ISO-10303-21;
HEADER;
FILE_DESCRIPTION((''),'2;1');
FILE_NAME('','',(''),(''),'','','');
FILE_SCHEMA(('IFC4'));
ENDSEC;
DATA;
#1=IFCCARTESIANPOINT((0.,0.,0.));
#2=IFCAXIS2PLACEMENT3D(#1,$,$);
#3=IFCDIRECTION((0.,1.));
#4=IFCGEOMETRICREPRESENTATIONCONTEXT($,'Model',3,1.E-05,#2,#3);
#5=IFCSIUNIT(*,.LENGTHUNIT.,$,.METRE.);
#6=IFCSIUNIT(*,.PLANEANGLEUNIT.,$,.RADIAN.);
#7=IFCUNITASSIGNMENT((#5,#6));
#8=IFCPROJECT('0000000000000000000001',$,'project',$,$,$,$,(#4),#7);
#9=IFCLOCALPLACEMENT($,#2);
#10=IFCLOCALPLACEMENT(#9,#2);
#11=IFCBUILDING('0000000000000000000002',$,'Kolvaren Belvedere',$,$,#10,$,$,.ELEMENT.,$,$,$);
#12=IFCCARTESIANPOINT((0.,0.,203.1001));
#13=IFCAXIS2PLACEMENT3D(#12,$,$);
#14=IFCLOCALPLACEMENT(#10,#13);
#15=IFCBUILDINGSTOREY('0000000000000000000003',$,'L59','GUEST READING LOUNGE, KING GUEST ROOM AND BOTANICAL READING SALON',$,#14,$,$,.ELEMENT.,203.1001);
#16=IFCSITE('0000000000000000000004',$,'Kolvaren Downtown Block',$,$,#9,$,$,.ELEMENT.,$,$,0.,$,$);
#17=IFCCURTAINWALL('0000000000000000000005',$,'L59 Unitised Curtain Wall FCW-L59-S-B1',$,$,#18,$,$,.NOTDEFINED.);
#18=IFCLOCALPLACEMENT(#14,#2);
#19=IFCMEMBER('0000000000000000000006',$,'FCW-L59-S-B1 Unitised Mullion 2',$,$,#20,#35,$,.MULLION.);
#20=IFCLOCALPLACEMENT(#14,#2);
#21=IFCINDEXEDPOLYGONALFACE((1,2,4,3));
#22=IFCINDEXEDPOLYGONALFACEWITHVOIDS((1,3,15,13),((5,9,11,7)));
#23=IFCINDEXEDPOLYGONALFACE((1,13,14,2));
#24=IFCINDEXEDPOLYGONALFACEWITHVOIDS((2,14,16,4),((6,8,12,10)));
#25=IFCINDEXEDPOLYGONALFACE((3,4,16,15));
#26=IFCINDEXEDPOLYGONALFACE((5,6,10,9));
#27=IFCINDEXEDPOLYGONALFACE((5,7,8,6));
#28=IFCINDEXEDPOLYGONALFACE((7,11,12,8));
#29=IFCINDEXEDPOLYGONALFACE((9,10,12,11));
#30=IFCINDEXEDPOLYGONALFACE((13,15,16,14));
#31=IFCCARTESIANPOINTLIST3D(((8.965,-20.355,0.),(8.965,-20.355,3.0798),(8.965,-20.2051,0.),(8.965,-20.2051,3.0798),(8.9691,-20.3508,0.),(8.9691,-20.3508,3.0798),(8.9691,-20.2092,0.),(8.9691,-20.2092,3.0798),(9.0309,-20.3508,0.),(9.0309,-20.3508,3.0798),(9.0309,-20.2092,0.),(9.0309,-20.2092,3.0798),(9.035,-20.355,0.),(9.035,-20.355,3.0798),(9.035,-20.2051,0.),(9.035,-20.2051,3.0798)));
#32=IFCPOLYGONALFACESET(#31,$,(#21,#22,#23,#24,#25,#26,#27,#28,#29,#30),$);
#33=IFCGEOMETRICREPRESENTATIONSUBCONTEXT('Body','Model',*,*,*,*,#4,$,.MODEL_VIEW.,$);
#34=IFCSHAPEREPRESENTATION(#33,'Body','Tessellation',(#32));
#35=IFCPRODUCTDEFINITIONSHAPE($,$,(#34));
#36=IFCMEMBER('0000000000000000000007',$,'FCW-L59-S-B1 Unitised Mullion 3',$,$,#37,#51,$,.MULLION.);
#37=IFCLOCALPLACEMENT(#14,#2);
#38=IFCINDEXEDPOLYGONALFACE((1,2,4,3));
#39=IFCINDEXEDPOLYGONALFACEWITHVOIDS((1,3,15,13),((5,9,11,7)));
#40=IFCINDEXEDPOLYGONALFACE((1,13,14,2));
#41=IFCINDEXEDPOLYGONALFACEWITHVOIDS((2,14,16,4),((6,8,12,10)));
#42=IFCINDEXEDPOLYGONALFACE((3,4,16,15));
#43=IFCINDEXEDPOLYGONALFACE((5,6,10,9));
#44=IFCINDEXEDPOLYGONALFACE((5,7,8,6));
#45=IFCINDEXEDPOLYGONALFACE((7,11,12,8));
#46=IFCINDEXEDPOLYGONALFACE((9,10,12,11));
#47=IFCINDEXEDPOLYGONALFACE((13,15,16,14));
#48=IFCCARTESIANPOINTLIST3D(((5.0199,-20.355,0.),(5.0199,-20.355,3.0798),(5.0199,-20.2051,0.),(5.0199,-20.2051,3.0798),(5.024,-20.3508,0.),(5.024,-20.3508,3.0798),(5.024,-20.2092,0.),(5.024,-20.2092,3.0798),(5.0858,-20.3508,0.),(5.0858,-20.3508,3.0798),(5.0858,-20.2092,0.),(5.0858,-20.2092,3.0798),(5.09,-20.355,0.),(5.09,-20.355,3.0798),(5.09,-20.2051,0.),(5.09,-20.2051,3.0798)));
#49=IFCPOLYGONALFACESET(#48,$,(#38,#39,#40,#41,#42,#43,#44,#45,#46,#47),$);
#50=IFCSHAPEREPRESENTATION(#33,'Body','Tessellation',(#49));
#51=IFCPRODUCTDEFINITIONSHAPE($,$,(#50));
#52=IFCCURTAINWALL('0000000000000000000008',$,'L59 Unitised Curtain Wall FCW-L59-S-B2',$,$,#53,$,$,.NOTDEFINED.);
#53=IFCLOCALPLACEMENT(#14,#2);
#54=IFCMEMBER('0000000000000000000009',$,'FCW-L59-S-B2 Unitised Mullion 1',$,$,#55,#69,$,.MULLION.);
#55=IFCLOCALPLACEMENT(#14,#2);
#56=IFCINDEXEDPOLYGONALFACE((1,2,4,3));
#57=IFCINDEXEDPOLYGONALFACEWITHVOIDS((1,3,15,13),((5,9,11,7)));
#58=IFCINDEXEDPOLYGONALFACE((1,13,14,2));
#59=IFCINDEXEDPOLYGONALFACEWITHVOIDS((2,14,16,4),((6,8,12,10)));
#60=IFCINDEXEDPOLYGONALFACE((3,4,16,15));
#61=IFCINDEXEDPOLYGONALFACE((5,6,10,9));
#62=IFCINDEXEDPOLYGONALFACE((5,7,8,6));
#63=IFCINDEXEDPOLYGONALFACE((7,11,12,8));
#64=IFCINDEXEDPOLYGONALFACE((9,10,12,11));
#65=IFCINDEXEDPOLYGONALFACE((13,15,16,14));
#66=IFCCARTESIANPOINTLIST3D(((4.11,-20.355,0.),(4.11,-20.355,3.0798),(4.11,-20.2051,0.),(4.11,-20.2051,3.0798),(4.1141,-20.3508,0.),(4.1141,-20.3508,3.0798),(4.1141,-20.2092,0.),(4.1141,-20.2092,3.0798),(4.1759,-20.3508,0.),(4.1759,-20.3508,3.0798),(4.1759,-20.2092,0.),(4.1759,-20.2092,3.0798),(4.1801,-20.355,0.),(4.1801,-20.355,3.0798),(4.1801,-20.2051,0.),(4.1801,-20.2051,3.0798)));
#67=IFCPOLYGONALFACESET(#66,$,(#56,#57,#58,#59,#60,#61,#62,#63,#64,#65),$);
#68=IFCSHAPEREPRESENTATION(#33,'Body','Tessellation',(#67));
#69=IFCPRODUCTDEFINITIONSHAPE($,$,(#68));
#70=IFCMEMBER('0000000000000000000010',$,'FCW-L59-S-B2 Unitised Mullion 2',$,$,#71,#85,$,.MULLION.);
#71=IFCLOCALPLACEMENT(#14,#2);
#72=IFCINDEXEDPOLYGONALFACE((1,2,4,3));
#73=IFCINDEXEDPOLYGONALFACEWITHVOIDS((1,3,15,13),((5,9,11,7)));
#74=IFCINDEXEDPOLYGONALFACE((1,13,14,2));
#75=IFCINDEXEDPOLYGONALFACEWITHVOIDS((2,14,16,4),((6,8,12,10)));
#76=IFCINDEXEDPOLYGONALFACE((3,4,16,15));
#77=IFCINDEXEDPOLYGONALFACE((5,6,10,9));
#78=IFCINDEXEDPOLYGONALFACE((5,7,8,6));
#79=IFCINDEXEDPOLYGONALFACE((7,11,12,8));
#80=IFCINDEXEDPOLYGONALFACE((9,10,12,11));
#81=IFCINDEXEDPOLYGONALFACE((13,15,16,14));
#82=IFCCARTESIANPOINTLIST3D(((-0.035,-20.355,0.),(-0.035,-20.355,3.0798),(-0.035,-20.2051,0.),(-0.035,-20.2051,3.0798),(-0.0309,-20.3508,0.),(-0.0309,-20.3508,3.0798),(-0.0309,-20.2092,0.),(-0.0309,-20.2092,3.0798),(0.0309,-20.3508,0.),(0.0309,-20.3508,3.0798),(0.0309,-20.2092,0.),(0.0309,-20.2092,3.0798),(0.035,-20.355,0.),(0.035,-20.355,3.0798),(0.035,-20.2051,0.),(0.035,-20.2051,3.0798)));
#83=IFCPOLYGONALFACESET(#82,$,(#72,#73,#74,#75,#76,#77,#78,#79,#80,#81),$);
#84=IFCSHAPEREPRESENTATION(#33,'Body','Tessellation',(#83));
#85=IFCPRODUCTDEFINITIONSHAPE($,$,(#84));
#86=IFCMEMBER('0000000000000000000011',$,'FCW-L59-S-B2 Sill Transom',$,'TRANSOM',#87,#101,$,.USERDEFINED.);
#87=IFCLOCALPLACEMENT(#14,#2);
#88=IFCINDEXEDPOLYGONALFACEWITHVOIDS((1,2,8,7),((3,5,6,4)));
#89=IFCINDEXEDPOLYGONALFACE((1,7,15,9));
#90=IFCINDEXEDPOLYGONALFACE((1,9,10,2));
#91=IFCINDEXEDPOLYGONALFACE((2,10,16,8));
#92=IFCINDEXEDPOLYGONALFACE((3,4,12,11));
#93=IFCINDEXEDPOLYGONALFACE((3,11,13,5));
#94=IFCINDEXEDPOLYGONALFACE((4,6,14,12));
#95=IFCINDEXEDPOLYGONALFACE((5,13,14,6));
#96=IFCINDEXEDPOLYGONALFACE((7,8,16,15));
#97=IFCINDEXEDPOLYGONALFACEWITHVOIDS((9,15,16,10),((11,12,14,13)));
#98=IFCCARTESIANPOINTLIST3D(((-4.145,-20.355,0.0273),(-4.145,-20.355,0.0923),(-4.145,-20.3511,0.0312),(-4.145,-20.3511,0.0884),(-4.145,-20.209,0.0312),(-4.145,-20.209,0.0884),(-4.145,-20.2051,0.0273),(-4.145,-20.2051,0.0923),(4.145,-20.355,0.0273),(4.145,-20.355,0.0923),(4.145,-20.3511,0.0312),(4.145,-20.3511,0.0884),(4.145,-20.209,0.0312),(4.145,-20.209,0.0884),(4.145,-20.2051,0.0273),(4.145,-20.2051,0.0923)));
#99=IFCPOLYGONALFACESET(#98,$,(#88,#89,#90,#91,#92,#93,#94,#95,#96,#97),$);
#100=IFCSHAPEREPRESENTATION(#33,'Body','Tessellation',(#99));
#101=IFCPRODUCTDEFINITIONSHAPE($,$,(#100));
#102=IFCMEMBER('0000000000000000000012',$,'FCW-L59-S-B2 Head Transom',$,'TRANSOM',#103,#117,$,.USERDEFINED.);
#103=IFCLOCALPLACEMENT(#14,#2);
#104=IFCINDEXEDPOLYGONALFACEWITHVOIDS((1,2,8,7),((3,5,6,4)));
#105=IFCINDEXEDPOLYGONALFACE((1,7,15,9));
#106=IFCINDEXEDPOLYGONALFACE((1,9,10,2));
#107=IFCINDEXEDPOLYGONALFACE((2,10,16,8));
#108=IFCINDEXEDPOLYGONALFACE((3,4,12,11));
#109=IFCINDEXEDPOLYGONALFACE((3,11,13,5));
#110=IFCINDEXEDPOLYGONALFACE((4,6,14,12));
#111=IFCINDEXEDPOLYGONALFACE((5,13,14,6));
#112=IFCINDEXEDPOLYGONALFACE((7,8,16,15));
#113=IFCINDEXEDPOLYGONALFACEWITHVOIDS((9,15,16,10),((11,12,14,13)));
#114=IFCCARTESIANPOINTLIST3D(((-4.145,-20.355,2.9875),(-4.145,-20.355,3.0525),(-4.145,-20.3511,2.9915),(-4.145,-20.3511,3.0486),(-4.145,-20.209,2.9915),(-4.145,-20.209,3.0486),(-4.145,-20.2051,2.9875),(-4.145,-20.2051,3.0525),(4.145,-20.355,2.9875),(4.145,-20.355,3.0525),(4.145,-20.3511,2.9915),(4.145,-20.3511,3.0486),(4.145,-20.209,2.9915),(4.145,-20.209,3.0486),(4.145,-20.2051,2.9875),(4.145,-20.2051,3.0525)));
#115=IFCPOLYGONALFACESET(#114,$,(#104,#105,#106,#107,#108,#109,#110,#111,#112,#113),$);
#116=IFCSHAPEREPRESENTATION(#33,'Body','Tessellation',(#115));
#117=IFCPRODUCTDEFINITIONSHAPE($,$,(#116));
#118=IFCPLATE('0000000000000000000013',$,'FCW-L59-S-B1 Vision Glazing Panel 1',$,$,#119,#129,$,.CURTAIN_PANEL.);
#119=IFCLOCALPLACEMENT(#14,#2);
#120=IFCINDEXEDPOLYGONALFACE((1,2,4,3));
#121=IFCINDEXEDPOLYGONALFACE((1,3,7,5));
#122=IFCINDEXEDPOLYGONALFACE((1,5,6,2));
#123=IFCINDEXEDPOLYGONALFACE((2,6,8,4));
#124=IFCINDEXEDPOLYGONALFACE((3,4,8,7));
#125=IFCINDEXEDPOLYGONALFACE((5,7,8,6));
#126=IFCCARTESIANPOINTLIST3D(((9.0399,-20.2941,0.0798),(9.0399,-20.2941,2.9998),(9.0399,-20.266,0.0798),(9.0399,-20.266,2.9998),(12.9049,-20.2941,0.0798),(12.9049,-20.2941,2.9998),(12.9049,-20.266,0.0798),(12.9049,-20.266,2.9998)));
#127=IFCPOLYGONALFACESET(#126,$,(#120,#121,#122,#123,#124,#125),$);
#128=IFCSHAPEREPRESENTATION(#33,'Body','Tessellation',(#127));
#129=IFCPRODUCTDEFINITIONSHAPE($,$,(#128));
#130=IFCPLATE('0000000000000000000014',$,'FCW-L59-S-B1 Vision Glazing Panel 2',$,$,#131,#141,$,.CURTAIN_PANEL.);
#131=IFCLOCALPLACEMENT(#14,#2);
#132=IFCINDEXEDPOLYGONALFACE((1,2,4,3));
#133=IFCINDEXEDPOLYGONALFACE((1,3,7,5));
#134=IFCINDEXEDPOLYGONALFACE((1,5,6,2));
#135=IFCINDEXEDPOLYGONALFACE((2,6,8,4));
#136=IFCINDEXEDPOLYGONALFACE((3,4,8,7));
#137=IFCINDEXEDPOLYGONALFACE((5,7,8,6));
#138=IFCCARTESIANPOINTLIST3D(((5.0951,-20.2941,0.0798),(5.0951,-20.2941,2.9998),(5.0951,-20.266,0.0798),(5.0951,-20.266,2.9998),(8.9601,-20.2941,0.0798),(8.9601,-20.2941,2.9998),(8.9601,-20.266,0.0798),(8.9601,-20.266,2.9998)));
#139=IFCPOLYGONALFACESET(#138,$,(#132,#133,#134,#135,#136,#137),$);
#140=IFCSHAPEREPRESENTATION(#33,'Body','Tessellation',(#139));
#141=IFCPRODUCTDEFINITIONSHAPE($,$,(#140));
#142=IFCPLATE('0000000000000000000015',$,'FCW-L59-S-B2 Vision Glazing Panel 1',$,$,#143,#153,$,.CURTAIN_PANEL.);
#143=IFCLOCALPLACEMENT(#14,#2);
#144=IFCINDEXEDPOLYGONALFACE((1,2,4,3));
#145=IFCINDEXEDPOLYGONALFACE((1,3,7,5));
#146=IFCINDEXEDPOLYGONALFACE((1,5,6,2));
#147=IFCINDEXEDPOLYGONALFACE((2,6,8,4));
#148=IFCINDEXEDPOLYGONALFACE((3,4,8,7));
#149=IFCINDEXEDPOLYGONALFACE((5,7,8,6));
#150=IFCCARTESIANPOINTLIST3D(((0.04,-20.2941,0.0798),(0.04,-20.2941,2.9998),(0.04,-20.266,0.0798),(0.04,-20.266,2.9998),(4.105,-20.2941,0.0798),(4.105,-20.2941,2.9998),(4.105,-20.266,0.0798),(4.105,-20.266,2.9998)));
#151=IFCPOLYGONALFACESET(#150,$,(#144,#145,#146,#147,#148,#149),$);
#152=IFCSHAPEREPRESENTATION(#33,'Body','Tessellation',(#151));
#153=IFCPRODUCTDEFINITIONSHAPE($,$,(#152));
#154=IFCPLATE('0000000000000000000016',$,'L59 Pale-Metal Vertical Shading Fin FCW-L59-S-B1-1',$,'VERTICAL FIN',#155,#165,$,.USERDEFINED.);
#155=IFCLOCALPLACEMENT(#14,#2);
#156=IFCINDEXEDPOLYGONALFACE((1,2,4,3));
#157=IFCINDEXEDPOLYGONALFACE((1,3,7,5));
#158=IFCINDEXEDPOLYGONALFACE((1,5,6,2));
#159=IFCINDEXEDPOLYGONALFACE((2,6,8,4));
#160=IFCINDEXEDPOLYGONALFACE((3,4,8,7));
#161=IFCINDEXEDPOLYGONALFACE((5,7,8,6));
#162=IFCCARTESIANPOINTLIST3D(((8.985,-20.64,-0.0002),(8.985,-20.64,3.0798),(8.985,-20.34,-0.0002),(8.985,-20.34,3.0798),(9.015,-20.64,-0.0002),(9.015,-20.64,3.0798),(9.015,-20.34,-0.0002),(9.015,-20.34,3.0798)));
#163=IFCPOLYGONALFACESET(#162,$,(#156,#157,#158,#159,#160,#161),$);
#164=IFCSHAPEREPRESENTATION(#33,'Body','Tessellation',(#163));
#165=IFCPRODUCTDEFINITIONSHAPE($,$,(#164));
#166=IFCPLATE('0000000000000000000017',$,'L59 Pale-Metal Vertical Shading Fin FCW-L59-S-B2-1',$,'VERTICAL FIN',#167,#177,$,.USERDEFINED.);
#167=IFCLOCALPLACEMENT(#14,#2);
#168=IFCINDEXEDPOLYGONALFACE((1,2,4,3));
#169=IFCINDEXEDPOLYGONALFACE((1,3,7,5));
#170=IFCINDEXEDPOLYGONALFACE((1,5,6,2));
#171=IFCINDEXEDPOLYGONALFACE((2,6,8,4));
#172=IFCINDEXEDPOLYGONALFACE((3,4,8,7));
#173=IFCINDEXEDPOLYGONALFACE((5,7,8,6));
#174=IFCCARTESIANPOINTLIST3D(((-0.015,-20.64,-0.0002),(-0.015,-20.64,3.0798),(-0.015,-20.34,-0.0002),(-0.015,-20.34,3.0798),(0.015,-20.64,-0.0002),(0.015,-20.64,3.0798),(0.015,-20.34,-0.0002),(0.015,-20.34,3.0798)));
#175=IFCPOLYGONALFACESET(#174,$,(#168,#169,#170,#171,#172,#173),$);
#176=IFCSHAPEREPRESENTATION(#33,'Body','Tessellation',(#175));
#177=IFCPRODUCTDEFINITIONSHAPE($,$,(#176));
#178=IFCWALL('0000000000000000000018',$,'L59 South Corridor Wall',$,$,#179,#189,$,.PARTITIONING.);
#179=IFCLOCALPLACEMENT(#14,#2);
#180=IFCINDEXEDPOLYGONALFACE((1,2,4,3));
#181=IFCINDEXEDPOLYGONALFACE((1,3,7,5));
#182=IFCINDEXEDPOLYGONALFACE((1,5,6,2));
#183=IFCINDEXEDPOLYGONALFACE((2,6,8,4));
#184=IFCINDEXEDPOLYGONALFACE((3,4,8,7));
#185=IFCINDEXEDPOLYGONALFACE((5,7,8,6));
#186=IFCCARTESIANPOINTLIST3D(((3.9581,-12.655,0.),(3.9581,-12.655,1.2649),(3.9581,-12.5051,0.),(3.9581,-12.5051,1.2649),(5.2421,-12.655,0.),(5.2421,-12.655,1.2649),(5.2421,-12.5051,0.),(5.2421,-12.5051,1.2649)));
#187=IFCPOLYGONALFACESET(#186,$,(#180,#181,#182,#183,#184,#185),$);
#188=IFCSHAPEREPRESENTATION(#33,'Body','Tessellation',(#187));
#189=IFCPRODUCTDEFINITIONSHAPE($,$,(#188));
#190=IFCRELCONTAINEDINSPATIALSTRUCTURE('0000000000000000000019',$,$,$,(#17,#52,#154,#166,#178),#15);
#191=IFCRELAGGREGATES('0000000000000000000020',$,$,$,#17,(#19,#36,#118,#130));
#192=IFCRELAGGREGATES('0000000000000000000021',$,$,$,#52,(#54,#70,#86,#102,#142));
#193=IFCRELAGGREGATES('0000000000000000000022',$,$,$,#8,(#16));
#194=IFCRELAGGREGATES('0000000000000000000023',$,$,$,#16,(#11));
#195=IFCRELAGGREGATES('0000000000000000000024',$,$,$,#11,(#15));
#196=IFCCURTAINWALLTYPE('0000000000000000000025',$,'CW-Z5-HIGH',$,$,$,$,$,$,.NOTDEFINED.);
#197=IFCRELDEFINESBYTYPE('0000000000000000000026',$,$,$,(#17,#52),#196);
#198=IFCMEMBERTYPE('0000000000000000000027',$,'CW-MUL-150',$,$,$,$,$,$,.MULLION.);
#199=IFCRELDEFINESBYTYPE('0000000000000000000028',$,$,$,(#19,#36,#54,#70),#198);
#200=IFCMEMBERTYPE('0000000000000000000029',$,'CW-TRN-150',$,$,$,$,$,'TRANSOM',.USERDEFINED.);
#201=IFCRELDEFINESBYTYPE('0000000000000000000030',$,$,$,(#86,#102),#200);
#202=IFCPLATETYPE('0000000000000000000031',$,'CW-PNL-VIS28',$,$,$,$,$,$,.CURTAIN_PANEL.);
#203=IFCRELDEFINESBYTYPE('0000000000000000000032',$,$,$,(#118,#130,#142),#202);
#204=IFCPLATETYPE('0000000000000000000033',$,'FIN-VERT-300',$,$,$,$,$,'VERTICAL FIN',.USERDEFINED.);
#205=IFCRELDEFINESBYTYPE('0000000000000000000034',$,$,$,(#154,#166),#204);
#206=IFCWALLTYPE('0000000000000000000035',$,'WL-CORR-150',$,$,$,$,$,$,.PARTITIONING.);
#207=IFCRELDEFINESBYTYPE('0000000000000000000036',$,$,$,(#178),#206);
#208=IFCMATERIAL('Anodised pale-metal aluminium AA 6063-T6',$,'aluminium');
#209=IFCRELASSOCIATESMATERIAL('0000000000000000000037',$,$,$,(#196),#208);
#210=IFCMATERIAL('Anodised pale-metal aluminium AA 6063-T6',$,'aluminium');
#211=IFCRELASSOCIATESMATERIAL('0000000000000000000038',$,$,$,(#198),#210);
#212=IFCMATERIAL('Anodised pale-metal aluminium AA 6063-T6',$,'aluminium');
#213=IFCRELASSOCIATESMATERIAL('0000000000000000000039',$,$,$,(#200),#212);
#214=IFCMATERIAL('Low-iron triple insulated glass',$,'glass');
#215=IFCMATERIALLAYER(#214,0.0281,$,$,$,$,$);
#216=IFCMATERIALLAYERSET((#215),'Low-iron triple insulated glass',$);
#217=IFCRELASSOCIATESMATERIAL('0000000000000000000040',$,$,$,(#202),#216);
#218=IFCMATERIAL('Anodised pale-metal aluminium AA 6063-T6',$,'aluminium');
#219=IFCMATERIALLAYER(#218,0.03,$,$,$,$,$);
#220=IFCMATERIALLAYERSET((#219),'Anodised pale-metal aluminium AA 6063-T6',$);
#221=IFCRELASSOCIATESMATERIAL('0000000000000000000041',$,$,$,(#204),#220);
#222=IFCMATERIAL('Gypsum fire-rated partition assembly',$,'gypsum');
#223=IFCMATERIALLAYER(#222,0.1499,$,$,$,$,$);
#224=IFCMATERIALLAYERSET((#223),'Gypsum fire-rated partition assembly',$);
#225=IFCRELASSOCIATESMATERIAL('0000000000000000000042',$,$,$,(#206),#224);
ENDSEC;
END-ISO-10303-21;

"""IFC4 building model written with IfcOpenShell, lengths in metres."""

from ifc_helpers import new_model, si_unit, direction, frame, frame_2d, origin, origin_2d, place, context, subcontext, project, spatial, rectangle, hollow_rectangle, extrude, material, layer, layer_set, material_profile, profile_set, type_object, element, aggregate, save


model = new_model("IFC4")

# Units and contexts
model_context = context("Model", 3, precision=1e-05, world=origin(), true_north=direction((0.0, 1.0)))
body_context = subcontext(model_context, "Body", "Model", "MODEL_VIEW")
ifc_project = project(units=[si_unit("LENGTHUNIT", "METRE"), si_unit("PLANEANGLEUNIT", "RADIAN")], contexts=[model_context])

# Site, building, storey
site_placement = place(None, origin())
site = spatial("IfcSite", under=ifc_project, at=site_placement, Name="Kolvaren Downtown Block", CompositionType="ELEMENT", RefElevation=0.0)
building_placement = place(site_placement, origin())
building = spatial("IfcBuilding", under=site, at=building_placement, Name="Kolvaren Belvedere", CompositionType="ELEMENT")
storey_placement = place(building_placement, frame((0.0, 0.0, 203.1001)))
storey = spatial("IfcBuildingStorey", under=building, at=storey_placement, Name="L59", Description="GUEST READING LOUNGE, KING GUEST ROOM AND BOTANICAL READING SALON", CompositionType="ELEMENT", Elevation=203.1001)

# Curtain walls, members
ifc_material_1 = material(Name="Anodised pale-metal aluminium AA 6063-T6", Category="aluminium")
curtain_wall_type = type_object("IfcCurtainWallType", Name="CW-Z5-HIGH", PredefinedType="NOTDEFINED", material=ifc_material_1)
curtain_wall_1_placement = place(storey_placement, origin())
curtain_wall_1 = element("IfcCurtainWall", 1, at=curtain_wall_1_placement, inside=storey, type_object=curtain_wall_type, Name="L59 Unitised Curtain Wall FCW-L59-S-B1", PredefinedType="NOTDEFINED")
ifc_material_2 = material(Name="Anodised pale-metal aluminium AA 6063-T6", Category="aluminium")
ifc_material_profile_1 = material_profile(ifc_material_2, hollow_rectangle(XDim=0.0701, YDim=0.1499, WallThickness=0.0042, at=origin_2d()), Name="ALU-MUL-150X70")
ifc_profile_set_1 = profile_set([ifc_material_profile_1], Name="Anodised pale-metal aluminium AA 6063-T6")
member_type_1 = type_object("IfcMemberType", Name="CW-MUL-150", PredefinedType="MULLION", material=ifc_profile_set_1)
member_1_placement = place(storey_placement, frame((9.0, -20.28, 0.0), z_axis=(0.0, 0.0, 1.0), x_axis=(1.0, 0.0, 0.0)))
member_1 = element("IfcMember", 2, at=member_1_placement, type_object=member_type_1, Name="FCW-L59-S-B1 Unitised Mullion 2", PredefinedType="MULLION", context=body_context, shape_type="SweptSolid", body=[
    extrude(hollow_rectangle(XDim=0.0701, YDim=0.1499, WallThickness=0.0042, at=origin_2d()), origin(), (0.0, 0.0, 1.0), 3.0798),
])
member_2_placement = place(storey_placement, frame((5.0549, -20.28, 0.0), z_axis=(0.0, 0.0, 1.0), x_axis=(1.0, 0.0, 0.0)))
member_2 = element("IfcMember", 3, at=member_2_placement, type_object=member_type_1, Name="FCW-L59-S-B1 Unitised Mullion 3", PredefinedType="MULLION", context=body_context, shape_type="SweptSolid", body=[
    extrude(hollow_rectangle(XDim=0.0701, YDim=0.1499, WallThickness=0.0042, at=origin_2d()), origin(), (0.0, 0.0, 1.0), 3.0798),
])
curtain_wall_2_placement = place(storey_placement, origin())
curtain_wall_2 = element("IfcCurtainWall", 4, at=curtain_wall_2_placement, inside=storey, type_object=curtain_wall_type, Name="L59 Unitised Curtain Wall FCW-L59-S-B2", PredefinedType="NOTDEFINED")
member_3_placement = place(storey_placement, frame((4.145, -20.28, 0.0), z_axis=(0.0, 0.0, 1.0), x_axis=(1.0, 0.0, 0.0)))
member_3 = element("IfcMember", 5, at=member_3_placement, type_object=member_type_1, Name="FCW-L59-S-B2 Unitised Mullion 1", PredefinedType="MULLION", context=body_context, shape_type="SweptSolid", body=[
    extrude(hollow_rectangle(XDim=0.0701, YDim=0.1499, WallThickness=0.0042, at=origin_2d()), origin(), (0.0, 0.0, 1.0), 3.0798),
])
member_4_placement = place(storey_placement, frame((0.0, -20.28, 0.0), z_axis=(0.0, 0.0, 1.0), x_axis=(1.0, 0.0, 0.0)))
member_4 = element("IfcMember", 6, at=member_4_placement, type_object=member_type_1, Name="FCW-L59-S-B2 Unitised Mullion 2", PredefinedType="MULLION", context=body_context, shape_type="SweptSolid", body=[
    extrude(hollow_rectangle(XDim=0.0701, YDim=0.1499, WallThickness=0.0042, at=origin_2d()), origin(), (0.0, 0.0, 1.0), 3.0798),
])
ifc_material_3 = material(Name="Anodised pale-metal aluminium AA 6063-T6", Category="aluminium")
ifc_material_profile_2 = material_profile(ifc_material_3, hollow_rectangle(XDim=0.0649, YDim=0.1499, WallThickness=0.0039, at=origin_2d()), Name="ALU-TRN-150X65")
ifc_profile_set_2 = profile_set([ifc_material_profile_2], Name="Anodised pale-metal aluminium AA 6063-T6")
member_type_2 = type_object("IfcMemberType", Name="CW-TRN-150", ElementType="TRANSOM", PredefinedType="USERDEFINED", material=ifc_profile_set_2)
member_5_placement = place(storey_placement, frame((4.145, -20.28, 0.0598), z_axis=(-1.0, 0.0, 0.0), x_axis=(0.0, 0.0, 1.0)))
member_5 = element("IfcMember", 7, at=member_5_placement, type_object=member_type_2, Name="FCW-L59-S-B2 Sill Transom", ObjectType="TRANSOM", PredefinedType="USERDEFINED", context=body_context, shape_type="SweptSolid", body=[
    extrude(hollow_rectangle(XDim=0.0649, YDim=0.1499, WallThickness=0.0039, at=origin_2d()), origin(), (0.0, 0.0, 1.0), 8.29),
])
member_6_placement = place(storey_placement, frame((4.145, -20.28, 3.02), z_axis=(-1.0, 0.0, 0.0), x_axis=(0.0, 0.0, 1.0)))
member_6 = element("IfcMember", 8, at=member_6_placement, type_object=member_type_2, Name="FCW-L59-S-B2 Head Transom", ObjectType="TRANSOM", PredefinedType="USERDEFINED", context=body_context, shape_type="SweptSolid", body=[
    extrude(hollow_rectangle(XDim=0.0649, YDim=0.1499, WallThickness=0.0039, at=origin_2d()), origin(), (0.0, 0.0, 1.0), 8.29),
])

# Plates
ifc_material_4 = material(Name="Low-iron triple insulated glass", Category="glass")
ifc_layer_1 = layer(ifc_material_4, 0.0281)
ifc_layer_set_1 = layer_set([ifc_layer_1], Name="Low-iron triple insulated glass")
plate_type_1 = type_object("IfcPlateType", Name="CW-PNL-VIS28", PredefinedType="CURTAIN_PANEL", material=ifc_layer_set_1)
plate_1_placement = place(storey_placement, frame((10.9724, -20.28, 0.0798), z_axis=(0.0, 0.0, 1.0), x_axis=(-1.0, 0.0, 0.0)))
plate_1 = element("IfcPlate", 9, at=plate_1_placement, type_object=plate_type_1, Name="FCW-L59-S-B1 Vision Glazing Panel 1", PredefinedType="CURTAIN_PANEL", context=body_context, shape_type="SweptSolid", body=[
    extrude(rectangle(XDim=3.865, YDim=0.0281, at=origin_2d()), origin(), (0.0, 0.0, 1.0), 2.9199),
])
plate_2_placement = place(storey_placement, frame((7.0276, -20.28, 0.0798), z_axis=(0.0, 0.0, 1.0), x_axis=(-1.0, 0.0, 0.0)))
plate_2 = element("IfcPlate", 10, at=plate_2_placement, type_object=plate_type_1, Name="FCW-L59-S-B1 Vision Glazing Panel 2", PredefinedType="CURTAIN_PANEL", context=body_context, shape_type="SweptSolid", body=[
    extrude(rectangle(XDim=3.865, YDim=0.0281, at=origin_2d()), origin(), (0.0, 0.0, 1.0), 2.9199),
])
aggregate(curtain_wall_1, [member_1, member_2, plate_1, plate_2])
plate_3_placement = place(storey_placement, frame((2.0725, -20.28, 0.0798), z_axis=(0.0, 0.0, 1.0), x_axis=(-1.0, 0.0, 0.0)))
plate_3 = element("IfcPlate", 11, at=plate_3_placement, type_object=plate_type_1, Name="FCW-L59-S-B2 Vision Glazing Panel 1", PredefinedType="CURTAIN_PANEL", context=body_context, shape_type="SweptSolid", body=[
    extrude(rectangle(XDim=4.0649, YDim=0.0281, at=origin_2d()), origin(), (0.0, 0.0, 1.0), 2.9199),
])
aggregate(curtain_wall_2, [member_3, member_4, member_5, member_6, plate_3])

# Plates
ifc_material_5 = material(Name="Anodised pale-metal aluminium AA 6063-T6", Category="aluminium")
ifc_layer_2 = layer(ifc_material_5, 0.03)
ifc_layer_set_2 = layer_set([ifc_layer_2], Name="Anodised pale-metal aluminium AA 6063-T6")
plate_type_2 = type_object("IfcPlateType", Name="FIN-VERT-300", ElementType="VERTICAL FIN", PredefinedType="USERDEFINED", material=ifc_layer_set_2)
for number, where, z_axis, x_axis, name in (
    (12, (9.0, -20.49, -0.0002), (0.0, 0.0, 1.0), (0.0, 1.0, 0.0), "L59 Pale-Metal Vertical Shading Fin FCW-L59-S-B1-1"),
    (13, (0.0, -20.49, -0.0002), (0.0, 0.0, 1.0), (0.0, 1.0, 0.0), "L59 Pale-Metal Vertical Shading Fin FCW-L59-S-B2-1"),
):
    element("IfcPlate", number, at=place(storey_placement, frame(where, z_axis=z_axis, x_axis=x_axis)), inside=storey, type_object=plate_type_2, Name=name, ObjectType="VERTICAL FIN", PredefinedType="USERDEFINED", context=body_context, shape_type="SweptSolid", body=[
        extrude(rectangle(XDim=0.3, YDim=0.03, at=origin_2d()), origin(), (0.0, 0.0, 1.0), 3.0801),
    ])

# Wall
ifc_material_6 = material(Name="Gypsum fire-rated partition assembly", Category="gypsum")
ifc_layer_3 = layer(ifc_material_6, 0.1499)
ifc_layer_set_3 = layer_set([ifc_layer_3], Name="Gypsum fire-rated partition assembly")
wall_type_1 = type_object("IfcWallType", Name="WL-CORR-150", PredefinedType="PARTITIONING", material=ifc_layer_set_3)
wall_1_placement = place(storey_placement, frame((3.958, -12.5801, 0.0), z_axis=(0.0, 0.0, 1.0), x_axis=(1.0, 0.0, 0.0)))
element("IfcWall", 14, at=wall_1_placement, inside=storey, type_object=wall_type_1, Name="L59 South Corridor Wall", PredefinedType="PARTITIONING", context=body_context, shape_type="SweptSolid", body=[
    extrude(rectangle(XDim=1.2839, YDim=0.1499, at=frame_2d((0.6421, 0.0))), origin(), (0.0, 0.0, 1.0), 1.2649),
])

save(model, "model.ifc")
